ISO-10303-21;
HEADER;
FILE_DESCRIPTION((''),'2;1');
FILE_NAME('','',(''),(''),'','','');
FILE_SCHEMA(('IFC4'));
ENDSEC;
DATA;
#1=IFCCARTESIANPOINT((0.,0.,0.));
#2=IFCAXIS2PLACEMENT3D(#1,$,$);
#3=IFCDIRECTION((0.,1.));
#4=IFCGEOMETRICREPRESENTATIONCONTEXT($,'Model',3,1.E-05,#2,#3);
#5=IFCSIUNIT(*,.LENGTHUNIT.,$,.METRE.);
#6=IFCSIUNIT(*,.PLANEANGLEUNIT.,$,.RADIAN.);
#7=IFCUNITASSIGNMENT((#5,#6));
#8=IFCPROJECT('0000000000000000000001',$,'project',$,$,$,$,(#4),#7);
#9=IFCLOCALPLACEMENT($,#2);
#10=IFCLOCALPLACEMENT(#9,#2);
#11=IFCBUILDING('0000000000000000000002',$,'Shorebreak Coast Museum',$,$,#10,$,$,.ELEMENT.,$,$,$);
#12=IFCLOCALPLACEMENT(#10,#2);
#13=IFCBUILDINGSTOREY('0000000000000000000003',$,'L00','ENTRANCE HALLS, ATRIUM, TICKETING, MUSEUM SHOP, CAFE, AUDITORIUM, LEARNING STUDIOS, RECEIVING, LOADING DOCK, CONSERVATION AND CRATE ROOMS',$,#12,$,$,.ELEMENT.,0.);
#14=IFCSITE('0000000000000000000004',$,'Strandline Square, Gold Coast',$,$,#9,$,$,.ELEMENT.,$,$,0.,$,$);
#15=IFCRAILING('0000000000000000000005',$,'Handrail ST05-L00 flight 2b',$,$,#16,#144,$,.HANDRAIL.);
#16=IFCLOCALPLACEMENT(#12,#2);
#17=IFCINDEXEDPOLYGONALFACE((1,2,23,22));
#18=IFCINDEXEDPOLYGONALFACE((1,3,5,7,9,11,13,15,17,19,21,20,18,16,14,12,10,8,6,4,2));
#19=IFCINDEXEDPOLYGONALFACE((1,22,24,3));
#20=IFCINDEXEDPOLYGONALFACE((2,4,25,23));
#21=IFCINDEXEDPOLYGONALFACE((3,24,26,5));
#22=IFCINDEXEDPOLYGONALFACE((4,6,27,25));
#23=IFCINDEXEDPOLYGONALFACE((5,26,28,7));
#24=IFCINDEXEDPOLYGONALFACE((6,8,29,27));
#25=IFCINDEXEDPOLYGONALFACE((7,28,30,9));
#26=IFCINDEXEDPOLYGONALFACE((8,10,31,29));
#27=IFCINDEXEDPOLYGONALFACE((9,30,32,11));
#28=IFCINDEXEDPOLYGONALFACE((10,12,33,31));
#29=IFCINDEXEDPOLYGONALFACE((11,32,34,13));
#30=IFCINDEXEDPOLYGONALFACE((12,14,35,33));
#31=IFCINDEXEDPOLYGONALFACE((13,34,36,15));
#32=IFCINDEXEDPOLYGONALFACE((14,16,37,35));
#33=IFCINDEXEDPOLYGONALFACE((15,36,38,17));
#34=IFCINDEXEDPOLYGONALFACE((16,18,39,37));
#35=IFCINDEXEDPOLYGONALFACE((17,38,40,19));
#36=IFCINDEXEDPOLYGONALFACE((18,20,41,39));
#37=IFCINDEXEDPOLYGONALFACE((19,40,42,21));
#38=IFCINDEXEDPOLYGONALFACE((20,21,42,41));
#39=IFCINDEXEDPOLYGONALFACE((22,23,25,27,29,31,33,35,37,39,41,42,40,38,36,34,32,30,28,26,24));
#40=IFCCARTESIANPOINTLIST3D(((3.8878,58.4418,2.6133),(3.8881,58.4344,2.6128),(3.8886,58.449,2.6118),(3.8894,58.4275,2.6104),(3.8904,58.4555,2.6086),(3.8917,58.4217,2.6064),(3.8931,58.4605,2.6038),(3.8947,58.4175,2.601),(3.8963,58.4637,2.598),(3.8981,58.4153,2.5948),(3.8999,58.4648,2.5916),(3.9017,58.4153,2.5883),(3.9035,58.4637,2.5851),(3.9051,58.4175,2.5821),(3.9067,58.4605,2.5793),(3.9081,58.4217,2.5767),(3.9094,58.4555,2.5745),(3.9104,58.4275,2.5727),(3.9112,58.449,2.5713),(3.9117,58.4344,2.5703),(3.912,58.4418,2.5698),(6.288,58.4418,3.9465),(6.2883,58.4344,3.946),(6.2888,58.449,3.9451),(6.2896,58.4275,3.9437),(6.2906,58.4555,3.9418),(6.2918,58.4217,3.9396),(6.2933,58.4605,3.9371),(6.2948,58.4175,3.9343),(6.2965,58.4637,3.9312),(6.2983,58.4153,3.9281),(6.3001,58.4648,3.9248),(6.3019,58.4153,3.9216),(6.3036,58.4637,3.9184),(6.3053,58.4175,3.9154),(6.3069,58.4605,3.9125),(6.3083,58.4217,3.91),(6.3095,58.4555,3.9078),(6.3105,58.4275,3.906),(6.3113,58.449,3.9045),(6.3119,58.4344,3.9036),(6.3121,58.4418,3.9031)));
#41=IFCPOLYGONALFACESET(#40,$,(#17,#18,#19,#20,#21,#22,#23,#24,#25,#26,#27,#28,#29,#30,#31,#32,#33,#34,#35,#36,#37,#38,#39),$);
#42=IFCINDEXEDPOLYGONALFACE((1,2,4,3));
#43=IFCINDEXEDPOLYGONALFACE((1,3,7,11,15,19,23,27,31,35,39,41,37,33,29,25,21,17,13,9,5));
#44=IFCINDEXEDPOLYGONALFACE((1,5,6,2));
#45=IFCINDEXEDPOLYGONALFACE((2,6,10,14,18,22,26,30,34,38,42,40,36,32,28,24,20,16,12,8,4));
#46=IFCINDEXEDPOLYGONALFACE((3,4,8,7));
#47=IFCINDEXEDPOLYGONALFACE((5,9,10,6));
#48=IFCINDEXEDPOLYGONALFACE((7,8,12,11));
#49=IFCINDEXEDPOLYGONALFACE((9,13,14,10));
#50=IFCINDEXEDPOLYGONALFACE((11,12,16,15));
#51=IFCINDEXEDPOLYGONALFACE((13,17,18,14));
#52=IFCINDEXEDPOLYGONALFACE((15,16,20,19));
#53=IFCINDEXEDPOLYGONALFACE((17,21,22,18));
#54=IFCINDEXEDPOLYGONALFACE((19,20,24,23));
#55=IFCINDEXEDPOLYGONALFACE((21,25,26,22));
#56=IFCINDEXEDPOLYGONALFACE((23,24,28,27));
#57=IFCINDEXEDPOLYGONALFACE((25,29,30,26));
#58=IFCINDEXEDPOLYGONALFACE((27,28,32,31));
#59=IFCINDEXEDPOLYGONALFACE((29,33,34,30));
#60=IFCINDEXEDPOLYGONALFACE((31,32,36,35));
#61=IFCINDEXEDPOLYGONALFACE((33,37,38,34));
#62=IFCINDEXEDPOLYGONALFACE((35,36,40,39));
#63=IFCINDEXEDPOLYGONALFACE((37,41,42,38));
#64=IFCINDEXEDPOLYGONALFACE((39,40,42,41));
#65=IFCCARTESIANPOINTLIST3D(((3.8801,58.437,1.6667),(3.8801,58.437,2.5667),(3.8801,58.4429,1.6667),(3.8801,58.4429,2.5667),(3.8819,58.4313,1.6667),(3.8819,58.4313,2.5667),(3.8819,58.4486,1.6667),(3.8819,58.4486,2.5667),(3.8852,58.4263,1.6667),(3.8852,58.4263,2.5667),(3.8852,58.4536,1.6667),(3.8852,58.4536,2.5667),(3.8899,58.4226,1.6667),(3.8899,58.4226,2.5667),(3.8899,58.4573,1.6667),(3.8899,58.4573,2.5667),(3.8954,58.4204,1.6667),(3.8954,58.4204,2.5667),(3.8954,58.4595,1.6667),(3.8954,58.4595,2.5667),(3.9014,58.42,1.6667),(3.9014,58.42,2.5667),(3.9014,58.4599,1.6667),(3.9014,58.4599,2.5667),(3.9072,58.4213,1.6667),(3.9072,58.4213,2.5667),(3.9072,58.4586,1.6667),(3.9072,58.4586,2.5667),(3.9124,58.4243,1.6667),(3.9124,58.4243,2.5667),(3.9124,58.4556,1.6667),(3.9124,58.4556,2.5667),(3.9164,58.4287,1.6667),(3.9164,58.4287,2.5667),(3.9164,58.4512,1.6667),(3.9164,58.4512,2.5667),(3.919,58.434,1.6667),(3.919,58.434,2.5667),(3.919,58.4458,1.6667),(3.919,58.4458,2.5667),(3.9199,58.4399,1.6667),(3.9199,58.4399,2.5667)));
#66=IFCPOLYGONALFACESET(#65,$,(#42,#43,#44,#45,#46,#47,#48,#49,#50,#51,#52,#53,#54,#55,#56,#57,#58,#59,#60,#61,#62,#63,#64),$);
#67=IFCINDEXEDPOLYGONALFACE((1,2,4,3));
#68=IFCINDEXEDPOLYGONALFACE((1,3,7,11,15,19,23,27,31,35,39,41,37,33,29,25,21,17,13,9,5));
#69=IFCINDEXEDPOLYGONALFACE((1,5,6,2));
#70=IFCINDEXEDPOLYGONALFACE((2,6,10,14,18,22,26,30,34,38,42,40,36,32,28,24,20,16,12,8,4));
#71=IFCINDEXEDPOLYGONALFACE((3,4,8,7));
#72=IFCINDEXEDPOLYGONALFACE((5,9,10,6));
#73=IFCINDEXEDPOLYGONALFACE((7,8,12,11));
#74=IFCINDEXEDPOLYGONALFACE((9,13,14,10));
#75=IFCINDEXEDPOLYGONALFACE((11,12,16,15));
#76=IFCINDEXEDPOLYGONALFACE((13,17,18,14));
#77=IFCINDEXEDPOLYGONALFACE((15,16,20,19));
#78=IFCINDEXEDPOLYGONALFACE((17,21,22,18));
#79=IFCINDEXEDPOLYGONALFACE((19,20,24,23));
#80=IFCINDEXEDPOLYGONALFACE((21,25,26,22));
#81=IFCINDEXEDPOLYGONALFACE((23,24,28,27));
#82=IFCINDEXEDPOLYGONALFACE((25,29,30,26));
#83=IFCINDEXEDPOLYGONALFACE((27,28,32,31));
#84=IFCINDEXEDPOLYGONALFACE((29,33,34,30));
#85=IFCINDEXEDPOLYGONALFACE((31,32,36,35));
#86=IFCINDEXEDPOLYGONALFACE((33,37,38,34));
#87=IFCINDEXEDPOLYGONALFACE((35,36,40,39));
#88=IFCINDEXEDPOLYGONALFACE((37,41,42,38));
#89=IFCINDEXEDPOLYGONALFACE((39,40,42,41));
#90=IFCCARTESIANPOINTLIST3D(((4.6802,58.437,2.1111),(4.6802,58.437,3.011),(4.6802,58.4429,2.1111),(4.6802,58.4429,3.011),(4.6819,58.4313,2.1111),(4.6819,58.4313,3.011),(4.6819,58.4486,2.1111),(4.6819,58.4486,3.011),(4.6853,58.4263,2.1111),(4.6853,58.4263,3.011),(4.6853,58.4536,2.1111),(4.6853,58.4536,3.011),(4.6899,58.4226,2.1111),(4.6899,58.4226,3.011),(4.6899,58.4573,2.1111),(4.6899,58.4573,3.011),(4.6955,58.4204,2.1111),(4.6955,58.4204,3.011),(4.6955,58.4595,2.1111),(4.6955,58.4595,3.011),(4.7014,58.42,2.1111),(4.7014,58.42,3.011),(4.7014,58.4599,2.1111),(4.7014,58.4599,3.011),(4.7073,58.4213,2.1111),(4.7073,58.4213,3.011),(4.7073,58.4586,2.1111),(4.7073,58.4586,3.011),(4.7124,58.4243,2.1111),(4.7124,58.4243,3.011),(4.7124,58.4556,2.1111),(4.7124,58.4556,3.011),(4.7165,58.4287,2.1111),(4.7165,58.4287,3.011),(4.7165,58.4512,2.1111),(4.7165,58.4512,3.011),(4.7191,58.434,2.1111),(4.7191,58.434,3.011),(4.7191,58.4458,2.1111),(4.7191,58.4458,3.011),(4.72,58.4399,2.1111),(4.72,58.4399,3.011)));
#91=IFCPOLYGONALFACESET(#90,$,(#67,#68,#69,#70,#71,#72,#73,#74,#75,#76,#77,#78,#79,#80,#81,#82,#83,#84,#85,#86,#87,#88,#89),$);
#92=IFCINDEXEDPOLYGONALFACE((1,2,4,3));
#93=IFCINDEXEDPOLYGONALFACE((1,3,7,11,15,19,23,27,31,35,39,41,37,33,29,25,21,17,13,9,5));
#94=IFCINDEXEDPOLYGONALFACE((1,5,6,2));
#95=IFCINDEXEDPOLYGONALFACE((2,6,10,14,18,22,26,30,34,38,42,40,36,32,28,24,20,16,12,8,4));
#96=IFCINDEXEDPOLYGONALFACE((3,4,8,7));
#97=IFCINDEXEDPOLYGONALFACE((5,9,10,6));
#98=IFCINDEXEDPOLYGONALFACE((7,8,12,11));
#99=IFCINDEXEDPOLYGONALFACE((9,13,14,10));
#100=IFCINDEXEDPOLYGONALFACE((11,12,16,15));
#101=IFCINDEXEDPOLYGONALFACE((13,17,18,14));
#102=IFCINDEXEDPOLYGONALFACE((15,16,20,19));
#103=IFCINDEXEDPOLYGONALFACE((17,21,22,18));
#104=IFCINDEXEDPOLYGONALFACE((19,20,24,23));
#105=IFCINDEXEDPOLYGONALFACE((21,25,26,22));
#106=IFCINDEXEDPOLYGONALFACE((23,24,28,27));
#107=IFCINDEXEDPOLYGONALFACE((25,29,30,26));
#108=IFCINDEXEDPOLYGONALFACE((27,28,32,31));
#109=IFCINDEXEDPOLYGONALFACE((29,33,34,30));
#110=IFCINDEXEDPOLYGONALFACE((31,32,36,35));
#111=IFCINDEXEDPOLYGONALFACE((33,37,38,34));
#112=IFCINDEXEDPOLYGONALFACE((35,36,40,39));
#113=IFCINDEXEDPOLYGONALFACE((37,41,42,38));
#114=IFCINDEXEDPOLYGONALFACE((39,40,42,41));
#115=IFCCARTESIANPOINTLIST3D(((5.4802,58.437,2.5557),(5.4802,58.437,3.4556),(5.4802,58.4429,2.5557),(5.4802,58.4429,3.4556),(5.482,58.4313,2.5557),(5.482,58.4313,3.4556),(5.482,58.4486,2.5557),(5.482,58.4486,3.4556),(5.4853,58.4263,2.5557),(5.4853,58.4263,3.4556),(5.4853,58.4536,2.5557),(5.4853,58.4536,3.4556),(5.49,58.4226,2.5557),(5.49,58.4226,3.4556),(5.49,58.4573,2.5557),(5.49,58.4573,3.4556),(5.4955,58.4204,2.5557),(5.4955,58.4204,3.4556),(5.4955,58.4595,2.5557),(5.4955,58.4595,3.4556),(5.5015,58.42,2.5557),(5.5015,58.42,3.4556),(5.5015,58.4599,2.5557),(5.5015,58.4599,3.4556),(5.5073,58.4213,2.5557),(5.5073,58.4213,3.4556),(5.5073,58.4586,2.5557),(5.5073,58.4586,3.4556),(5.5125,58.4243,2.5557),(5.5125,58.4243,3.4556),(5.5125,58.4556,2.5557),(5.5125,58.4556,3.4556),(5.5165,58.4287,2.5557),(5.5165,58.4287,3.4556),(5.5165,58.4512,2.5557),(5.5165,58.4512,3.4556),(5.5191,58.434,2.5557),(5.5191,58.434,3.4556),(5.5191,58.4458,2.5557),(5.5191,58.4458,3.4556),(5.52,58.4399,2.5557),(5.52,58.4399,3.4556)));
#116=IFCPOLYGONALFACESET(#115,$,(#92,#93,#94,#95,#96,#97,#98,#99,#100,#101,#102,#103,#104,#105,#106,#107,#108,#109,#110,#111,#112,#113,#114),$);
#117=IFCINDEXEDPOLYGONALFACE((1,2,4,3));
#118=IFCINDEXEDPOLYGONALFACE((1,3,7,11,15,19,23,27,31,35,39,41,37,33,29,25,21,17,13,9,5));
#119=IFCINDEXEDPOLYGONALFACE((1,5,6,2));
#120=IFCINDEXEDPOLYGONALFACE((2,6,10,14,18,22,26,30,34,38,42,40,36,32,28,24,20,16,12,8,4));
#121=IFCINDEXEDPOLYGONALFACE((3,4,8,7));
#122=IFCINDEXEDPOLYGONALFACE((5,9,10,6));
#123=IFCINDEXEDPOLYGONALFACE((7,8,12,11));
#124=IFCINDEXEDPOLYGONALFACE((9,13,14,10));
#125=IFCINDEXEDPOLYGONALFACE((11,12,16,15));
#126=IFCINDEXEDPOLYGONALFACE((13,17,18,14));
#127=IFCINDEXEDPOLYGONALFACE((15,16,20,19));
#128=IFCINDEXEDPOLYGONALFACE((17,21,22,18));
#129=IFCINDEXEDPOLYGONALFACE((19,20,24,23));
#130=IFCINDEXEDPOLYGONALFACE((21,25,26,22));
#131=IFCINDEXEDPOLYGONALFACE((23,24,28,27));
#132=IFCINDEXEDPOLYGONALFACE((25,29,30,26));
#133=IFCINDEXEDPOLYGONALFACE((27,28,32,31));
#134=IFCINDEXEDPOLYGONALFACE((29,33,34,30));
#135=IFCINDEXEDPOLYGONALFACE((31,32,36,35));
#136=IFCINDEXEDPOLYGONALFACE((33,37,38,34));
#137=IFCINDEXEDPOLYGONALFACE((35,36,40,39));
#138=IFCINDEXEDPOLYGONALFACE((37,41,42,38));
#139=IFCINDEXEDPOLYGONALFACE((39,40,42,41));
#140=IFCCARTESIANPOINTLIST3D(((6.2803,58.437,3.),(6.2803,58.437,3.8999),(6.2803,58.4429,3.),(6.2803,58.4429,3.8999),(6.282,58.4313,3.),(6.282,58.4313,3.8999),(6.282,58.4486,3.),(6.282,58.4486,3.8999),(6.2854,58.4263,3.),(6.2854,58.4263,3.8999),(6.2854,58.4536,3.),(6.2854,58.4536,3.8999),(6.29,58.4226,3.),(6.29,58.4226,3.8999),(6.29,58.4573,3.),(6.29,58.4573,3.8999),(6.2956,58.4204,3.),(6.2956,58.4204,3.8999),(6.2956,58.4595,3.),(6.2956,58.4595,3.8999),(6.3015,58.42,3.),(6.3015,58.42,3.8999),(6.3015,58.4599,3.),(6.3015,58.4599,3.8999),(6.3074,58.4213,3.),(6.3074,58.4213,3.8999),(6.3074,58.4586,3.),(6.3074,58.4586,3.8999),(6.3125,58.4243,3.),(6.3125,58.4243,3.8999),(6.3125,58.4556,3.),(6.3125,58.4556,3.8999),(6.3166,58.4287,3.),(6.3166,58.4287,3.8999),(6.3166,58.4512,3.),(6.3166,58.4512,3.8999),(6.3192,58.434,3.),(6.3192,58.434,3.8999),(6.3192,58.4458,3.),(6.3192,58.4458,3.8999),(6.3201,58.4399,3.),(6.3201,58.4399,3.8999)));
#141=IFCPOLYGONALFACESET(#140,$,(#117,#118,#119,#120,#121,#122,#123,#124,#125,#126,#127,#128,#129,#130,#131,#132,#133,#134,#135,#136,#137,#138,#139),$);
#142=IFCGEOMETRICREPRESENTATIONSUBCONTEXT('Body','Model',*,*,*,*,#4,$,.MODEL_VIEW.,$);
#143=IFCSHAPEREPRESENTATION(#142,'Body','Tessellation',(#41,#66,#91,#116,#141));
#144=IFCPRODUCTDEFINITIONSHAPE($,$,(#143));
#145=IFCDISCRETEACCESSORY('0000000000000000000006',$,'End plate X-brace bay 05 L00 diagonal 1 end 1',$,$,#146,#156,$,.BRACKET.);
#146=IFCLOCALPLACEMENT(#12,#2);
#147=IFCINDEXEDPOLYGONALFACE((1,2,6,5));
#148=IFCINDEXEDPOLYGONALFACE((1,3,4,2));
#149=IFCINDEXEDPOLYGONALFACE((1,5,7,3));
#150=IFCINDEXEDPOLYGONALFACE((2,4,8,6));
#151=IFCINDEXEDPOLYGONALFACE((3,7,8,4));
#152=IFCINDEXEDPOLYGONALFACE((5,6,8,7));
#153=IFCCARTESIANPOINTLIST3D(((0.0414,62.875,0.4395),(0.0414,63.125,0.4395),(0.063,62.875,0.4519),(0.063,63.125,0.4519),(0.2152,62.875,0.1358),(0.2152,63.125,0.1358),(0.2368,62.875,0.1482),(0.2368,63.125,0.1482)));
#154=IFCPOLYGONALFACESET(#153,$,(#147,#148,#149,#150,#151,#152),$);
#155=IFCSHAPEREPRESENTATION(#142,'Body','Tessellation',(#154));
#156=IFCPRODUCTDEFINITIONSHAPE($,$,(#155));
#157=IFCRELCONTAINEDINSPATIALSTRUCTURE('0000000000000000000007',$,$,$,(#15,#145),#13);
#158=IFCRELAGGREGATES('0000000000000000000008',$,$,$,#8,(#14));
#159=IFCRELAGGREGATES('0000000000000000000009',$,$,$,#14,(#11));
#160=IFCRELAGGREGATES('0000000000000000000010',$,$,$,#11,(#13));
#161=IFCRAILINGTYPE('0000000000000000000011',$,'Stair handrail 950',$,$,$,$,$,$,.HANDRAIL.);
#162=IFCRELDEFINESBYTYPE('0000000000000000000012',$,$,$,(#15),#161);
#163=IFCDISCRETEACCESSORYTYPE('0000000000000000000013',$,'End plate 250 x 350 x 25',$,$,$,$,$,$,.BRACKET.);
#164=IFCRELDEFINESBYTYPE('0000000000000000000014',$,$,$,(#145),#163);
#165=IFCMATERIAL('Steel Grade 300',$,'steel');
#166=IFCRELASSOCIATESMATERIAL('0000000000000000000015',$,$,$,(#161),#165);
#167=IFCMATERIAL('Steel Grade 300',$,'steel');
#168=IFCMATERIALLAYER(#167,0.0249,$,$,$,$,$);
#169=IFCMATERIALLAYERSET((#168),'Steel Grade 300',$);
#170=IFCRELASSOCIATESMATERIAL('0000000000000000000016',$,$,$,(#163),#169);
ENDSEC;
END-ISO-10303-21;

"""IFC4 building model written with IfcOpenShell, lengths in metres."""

from ifc_helpers import new_model, si_unit, direction, frame, origin, origin_2d, place, context, subcontext, project, spatial, polyline, circle, outline, extrude, material, layer, layer_set, type_object, element, save


model = new_model("IFC4")

# Units and contexts
model_context = context("Model", 3, precision=1e-05, world=origin(), true_north=direction((0.0, 1.0)))
body_context = subcontext(model_context, "Body", "Model", "MODEL_VIEW")
ifc_project = project(units=[si_unit("LENGTHUNIT", "METRE"), si_unit("PLANEANGLEUNIT", "RADIAN")], contexts=[model_context])

# Site, building, storey
site_placement = place(None, origin())
site = spatial("IfcSite", under=ifc_project, at=site_placement, Name="Strandline Square, Gold Coast", CompositionType="ELEMENT", RefElevation=0.0)
building_placement = place(site_placement, origin())
building = spatial("IfcBuilding", under=site, at=building_placement, Name="Shorebreak Coast Museum", CompositionType="ELEMENT")
storey_placement = place(building_placement, origin())
storey = spatial("IfcBuildingStorey", under=building, at=storey_placement, Name="L00", Description="ENTRANCE HALLS, ATRIUM, TICKETING, MUSEUM SHOP, CAFE, AUDITORIUM, LEARNING STUDIOS, RECEIVING, LOADING DOCK, CONSERVATION AND CRATE ROOMS", CompositionType="ELEMENT", Elevation=0.0)

# Railing
ifc_material_1 = material(Name="Steel Grade 300", Category="steel")
railing_type_1 = type_object("IfcRailingType", Name="Stair handrail 950", PredefinedType="HANDRAIL", material=ifc_material_1)
for number, where, name in (
    (1, (3.8999, 58.4399, 1.6667), "Handrail ST05-L00 flight 2b"),
):
    element("IfcRailing", number, at=place(storey_placement, frame(where)), inside=storey, type_object=railing_type_1, Name=name, PredefinedType="HANDRAIL", context=body_context, shape_type="SweptSolid", body=[
        extrude(circle(Radius=0.0249, at=origin_2d()), frame((0.0, 0.0, 0.9248), z_axis=(0.874182, 0.0, 0.485598), x_axis=(0.0, 1.0, 0.0)), (0.0, 0.0, 1.0), 2.7456),
        extrude(circle(Radius=0.02, at=origin_2d()), origin(), (0.0, 0.0, 1.0), 0.8999),
        extrude(circle(Radius=0.02, at=origin_2d()), frame((0.8, 0.0, 0.4443)), (0.0, 0.0, 1.0), 0.8999),
        extrude(circle(Radius=0.02, at=origin_2d()), frame((1.6001, 0.0, 0.8889)), (0.0, 0.0, 1.0), 0.8999),
        extrude(circle(Radius=0.02, at=origin_2d()), frame((2.4001, 0.0, 1.3333)), (0.0, 0.0, 1.0), 0.8999),
    ])

# Discrete accessory
ifc_material_2 = material(Name="Steel Grade 300", Category="steel")
ifc_layer_1 = layer(ifc_material_2, 0.0249)
ifc_layer_set_1 = layer_set([ifc_layer_1], Name="Steel Grade 300")
discrete_accessory_type = type_object("IfcDiscreteAccessoryType", Name="End plate 250 x 350 x 25", PredefinedType="BRACKET", material=ifc_layer_set_1)
discrete_accessory_placement = place(storey_placement, frame((0.2368, 62.875, 0.1482), z_axis=(0.867899, 0.0, 0.49674), x_axis=(0.0, 1.0, 0.0)))
element("IfcDiscreteAccessory", 2, at=discrete_accessory_placement, inside=storey, type_object=discrete_accessory_type, Name="End plate X-brace bay 05 L00 diagonal 1 end 1", PredefinedType="BRACKET", context=body_context, shape_type="SweptSolid", body=[
    extrude(outline(polyline([(0.0, 0.0), (0.25, 0.0), (0.25, 0.3499), (0.0, 0.3499), (0.0, 0.0)])), origin(), (0.0, 0.0, -1.0), 0.0249),
])

save(model, "model.ifc")
